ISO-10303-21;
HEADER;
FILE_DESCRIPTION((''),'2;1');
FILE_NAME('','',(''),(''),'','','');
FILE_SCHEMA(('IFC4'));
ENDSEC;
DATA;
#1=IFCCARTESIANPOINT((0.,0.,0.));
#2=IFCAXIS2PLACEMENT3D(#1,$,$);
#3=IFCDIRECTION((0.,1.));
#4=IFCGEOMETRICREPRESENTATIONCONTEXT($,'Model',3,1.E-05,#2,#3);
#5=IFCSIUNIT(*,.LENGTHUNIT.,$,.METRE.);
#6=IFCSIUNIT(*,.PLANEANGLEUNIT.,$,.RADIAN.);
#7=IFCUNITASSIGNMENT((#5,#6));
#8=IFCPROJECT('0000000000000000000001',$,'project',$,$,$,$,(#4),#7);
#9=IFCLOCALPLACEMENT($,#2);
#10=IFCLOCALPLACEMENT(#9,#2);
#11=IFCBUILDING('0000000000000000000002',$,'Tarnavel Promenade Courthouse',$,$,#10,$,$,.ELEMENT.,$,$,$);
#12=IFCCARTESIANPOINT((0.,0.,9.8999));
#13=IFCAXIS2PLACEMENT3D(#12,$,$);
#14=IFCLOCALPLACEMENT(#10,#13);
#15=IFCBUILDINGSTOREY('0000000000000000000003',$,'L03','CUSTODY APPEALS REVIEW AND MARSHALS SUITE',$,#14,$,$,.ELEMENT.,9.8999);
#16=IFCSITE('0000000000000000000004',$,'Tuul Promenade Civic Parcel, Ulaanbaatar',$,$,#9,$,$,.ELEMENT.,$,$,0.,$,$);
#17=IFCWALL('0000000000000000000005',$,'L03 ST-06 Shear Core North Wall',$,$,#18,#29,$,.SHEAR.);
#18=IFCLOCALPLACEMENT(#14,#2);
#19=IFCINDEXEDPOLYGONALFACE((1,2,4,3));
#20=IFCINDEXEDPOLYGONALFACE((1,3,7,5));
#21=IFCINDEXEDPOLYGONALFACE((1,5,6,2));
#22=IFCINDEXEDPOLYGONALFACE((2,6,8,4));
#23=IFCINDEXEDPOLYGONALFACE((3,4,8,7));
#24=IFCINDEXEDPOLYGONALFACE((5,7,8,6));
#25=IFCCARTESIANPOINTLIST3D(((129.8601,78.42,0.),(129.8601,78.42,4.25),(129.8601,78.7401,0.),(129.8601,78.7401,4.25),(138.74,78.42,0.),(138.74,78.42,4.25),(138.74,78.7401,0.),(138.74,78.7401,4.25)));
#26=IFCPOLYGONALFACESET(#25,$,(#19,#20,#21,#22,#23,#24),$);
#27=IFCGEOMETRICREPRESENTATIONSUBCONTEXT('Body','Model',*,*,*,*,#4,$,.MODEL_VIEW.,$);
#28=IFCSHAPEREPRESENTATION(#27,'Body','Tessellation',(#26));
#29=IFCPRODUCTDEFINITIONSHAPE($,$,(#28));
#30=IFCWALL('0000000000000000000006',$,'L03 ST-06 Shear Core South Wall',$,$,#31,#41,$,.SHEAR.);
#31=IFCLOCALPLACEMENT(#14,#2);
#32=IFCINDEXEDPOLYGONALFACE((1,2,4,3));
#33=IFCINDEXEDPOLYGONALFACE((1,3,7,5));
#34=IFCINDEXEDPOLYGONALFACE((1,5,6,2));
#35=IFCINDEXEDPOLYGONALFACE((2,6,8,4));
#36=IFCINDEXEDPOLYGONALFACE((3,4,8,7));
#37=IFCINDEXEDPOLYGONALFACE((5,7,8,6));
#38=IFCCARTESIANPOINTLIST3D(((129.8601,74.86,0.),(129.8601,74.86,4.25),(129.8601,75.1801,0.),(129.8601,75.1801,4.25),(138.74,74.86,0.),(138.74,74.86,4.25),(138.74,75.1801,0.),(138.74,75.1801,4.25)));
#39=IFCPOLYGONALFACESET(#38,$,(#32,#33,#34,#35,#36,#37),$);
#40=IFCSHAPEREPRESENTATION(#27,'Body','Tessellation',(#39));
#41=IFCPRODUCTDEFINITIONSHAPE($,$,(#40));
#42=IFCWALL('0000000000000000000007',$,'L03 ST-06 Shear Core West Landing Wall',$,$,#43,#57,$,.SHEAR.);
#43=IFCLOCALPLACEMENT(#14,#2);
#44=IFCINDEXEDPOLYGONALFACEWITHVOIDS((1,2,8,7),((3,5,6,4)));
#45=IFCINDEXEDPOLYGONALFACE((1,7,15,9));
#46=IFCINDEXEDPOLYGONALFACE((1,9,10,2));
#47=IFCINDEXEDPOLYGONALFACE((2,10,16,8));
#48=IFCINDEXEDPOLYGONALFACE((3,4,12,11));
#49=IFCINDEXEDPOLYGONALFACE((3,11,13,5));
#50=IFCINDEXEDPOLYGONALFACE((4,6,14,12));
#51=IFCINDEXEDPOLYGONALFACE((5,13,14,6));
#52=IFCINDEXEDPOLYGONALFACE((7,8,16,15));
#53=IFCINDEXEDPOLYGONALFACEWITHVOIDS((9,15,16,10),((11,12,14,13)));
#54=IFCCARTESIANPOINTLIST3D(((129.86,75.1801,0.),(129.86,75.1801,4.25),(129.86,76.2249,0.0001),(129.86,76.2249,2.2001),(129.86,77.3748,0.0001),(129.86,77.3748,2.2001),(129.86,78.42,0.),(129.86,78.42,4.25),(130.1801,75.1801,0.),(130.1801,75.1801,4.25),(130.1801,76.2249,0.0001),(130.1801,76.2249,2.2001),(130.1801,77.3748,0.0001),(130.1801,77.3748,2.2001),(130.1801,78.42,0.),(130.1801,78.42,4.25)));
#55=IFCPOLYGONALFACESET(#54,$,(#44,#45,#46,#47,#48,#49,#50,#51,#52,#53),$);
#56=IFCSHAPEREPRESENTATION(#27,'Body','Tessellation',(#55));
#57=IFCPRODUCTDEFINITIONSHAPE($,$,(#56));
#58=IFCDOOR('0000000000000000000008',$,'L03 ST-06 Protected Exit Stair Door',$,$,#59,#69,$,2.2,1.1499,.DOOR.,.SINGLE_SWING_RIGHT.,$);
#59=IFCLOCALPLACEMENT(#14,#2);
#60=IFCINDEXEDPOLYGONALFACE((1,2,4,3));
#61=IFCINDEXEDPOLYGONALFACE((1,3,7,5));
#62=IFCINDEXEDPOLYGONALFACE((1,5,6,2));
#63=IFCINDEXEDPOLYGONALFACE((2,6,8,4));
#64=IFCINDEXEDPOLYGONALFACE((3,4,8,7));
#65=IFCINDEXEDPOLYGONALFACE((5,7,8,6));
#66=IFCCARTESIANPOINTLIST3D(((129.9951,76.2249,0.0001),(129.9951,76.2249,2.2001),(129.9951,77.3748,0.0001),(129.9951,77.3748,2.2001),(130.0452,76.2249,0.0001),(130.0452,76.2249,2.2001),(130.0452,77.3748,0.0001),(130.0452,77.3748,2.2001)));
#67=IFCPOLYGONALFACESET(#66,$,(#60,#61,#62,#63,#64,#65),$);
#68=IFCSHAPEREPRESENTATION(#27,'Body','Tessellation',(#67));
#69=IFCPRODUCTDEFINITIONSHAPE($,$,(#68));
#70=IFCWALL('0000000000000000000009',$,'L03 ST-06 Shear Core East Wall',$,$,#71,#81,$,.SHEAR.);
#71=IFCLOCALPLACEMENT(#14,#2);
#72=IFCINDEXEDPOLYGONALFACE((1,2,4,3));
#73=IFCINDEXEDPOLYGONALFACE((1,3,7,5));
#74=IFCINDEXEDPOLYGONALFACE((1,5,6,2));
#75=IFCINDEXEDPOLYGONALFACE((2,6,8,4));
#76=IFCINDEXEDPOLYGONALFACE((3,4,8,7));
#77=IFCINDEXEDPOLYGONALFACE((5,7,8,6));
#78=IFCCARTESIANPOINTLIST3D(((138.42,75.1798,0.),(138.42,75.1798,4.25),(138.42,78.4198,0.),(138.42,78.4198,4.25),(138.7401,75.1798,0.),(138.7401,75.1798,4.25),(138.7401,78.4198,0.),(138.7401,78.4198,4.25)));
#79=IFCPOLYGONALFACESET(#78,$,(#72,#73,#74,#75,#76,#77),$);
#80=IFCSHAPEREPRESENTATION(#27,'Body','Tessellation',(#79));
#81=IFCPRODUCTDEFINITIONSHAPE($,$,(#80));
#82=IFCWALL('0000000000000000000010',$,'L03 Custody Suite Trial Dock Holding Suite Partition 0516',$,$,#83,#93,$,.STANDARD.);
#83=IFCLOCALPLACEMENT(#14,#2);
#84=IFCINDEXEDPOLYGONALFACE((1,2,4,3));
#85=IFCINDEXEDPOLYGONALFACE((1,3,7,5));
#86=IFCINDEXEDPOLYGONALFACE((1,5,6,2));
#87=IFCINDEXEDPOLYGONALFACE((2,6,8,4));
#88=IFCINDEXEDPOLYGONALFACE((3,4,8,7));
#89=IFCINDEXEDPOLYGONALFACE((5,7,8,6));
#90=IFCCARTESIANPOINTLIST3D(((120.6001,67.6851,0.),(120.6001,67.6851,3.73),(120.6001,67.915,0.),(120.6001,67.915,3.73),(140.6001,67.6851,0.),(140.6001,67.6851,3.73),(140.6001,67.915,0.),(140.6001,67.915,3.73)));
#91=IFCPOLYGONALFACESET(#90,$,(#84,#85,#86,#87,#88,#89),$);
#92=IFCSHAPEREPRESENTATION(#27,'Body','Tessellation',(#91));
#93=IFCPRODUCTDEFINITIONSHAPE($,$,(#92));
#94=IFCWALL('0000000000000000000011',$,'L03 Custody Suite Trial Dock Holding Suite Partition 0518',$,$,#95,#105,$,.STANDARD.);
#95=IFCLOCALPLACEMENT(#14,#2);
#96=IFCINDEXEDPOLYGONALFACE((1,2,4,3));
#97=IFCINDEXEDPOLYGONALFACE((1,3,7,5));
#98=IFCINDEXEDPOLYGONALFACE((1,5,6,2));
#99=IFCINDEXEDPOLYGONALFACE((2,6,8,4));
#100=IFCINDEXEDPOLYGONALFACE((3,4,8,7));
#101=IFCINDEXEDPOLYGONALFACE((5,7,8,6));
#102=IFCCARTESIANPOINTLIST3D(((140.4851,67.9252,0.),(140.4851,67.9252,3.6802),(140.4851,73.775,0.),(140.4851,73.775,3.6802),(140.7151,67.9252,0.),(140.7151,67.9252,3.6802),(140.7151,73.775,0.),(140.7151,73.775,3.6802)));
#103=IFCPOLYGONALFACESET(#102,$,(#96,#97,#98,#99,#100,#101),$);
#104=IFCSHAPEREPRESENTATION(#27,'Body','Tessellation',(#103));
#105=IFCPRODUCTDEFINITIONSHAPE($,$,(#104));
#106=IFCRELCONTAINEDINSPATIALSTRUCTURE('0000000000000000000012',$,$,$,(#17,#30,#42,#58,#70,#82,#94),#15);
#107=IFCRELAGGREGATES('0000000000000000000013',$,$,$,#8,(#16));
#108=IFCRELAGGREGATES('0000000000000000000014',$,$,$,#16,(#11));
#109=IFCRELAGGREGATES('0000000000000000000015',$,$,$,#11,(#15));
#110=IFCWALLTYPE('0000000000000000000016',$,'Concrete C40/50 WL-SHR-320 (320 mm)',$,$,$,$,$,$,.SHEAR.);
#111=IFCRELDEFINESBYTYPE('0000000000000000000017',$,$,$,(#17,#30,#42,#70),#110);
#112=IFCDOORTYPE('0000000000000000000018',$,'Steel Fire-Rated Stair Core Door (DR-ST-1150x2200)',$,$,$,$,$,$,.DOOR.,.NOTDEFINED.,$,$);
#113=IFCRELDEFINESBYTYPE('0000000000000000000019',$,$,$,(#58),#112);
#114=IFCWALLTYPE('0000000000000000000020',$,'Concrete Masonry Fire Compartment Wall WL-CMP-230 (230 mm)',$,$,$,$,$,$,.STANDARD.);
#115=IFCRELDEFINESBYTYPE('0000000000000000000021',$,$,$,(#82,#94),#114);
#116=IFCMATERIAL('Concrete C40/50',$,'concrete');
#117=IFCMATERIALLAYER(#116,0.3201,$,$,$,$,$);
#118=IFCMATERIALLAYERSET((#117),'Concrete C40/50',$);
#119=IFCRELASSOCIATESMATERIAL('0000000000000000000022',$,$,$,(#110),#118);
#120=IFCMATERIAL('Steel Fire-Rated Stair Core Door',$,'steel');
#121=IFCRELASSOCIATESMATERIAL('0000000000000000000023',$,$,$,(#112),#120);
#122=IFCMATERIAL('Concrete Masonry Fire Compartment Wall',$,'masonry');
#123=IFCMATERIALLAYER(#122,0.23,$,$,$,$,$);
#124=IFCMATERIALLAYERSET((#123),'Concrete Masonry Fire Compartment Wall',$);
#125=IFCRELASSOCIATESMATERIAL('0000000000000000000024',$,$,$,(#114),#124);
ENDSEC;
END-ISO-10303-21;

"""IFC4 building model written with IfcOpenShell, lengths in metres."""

from ifc_helpers import new_model, si_unit, direction, frame, frame_2d, origin, place, context, subcontext, project, spatial, rectangle, extrude, material, layer, layer_set, type_object, element, fill, save


model = new_model("IFC4")

# Units and contexts
model_context = context("Model", 3, precision=1e-05, world=origin(), true_north=direction((0.0, 1.0)))
body_context = subcontext(model_context, "Body", "Model", "MODEL_VIEW")
ifc_project = project(units=[si_unit("LENGTHUNIT", "METRE"), si_unit("PLANEANGLEUNIT", "RADIAN")], contexts=[model_context])

# Site, building, storey
site_placement = place(None, origin())
site = spatial("IfcSite", under=ifc_project, at=site_placement, Name="Tuul Promenade Civic Parcel, Ulaanbaatar", CompositionType="ELEMENT", RefElevation=0.0)
building_placement = place(site_placement, origin())
building = spatial("IfcBuilding", under=site, at=building_placement, Name="Tarnavel Promenade Courthouse", CompositionType="ELEMENT")
storey_placement = place(building_placement, frame((0.0, 0.0, 9.8999)))
storey = spatial("IfcBuildingStorey", under=building, at=storey_placement, Name="L03", Description="CUSTODY APPEALS REVIEW AND MARSHALS SUITE", CompositionType="ELEMENT", Elevation=9.8999)

# Shared definitions
ifc_material_1 = material(Name="Concrete C40/50", Category="concrete")

# Walls
ifc_layer_1 = layer(ifc_material_1, 0.3201)
ifc_layer_set_1 = layer_set([ifc_layer_1], Name="Concrete C40/50")
wall_type_1 = type_object("IfcWallType", Name="Concrete C40/50 WL-SHR-320 (320 mm)", PredefinedType="SHEAR", material=ifc_layer_set_1)
for number, where, z_axis, x_axis, name in (
    (1, (129.8601, 78.5801, 0.0), (0.0, 0.0, 1.0), (1.0, 0.0, 0.0), "L03 ST-06 Shear Core North Wall"),
    (2, (138.74, 75.02, 0.0), (0.0, 0.0, 1.0), (-1.0, 0.0, 0.0), "L03 ST-06 Shear Core South Wall"),
):
    element("IfcWall", number, at=place(storey_placement, frame(where, z_axis=z_axis, x_axis=x_axis)), inside=storey, type_object=wall_type_1, Name=name, PredefinedType="SHEAR", context=body_context, shape_type="SweptSolid", body=[
        extrude(rectangle(XDim=8.8799, YDim=0.3201, at=frame_2d((4.4399, 0.0))), origin(), (0.0, 0.0, 1.0), 4.25),
    ])

# Wall, opening, door
wall_1_placement = place(storey_placement, frame((130.02, 75.1799, 0.0), z_axis=(0.0, 0.0, 1.0), x_axis=(0.0, 1.0, 0.0)))
wall_1 = element("IfcWall", 3, at=wall_1_placement, inside=storey, type_object=wall_type_1, Name="L03 ST-06 Shear Core West Landing Wall", PredefinedType="SHEAR", context=body_context, shape_type="SweptSolid", body=[
    extrude(rectangle(XDim=3.24, YDim=0.3201, at=frame_2d((1.6201, 0.0))), origin(), (0.0, 0.0, 1.0), 4.25),
])
opening_placement = place(wall_1_placement, frame((1.0449, 0.0, 0.0)))
opening = element("IfcOpeningElement", 4, at=opening_placement, cuts=wall_1, PredefinedType="OPENING", context=body_context, shape_type="SweptSolid", body=[
    extrude(rectangle(XDim=1.1499, YDim=2.2, at=frame_2d((0.575, 1.1001))), frame((0.0, 0.1699, 0.0), z_axis=(0.0, -1.0, 0.0), x_axis=(1.0, 0.0, 0.0)), (0.0, 0.0, 1.0), 0.3401),
])
ifc_material_2 = material(Name="Steel Fire-Rated Stair Core Door", Category="steel")
door_type = type_object("IfcDoorType", Name="Steel Fire-Rated Stair Core Door (DR-ST-1150x2200)", OperationType="NOTDEFINED", PredefinedType="DOOR", material=ifc_material_2)
door_placement = place(opening_placement, origin())
door = element("IfcDoor", 5, at=door_placement, inside=storey, type_object=door_type, Name="L03 ST-06 Protected Exit Stair Door", OperationType="SINGLE_SWING_RIGHT", OverallHeight=2.2, OverallWidth=1.1499, PredefinedType="DOOR", context=body_context, shape_type="SweptSolid", body=[
    extrude(rectangle(XDim=1.1499, YDim=2.2, at=frame_2d((0.575, 1.1001))), frame((0.0, 0.0249, 0.0), z_axis=(0.0, -1.0, 0.0), x_axis=(1.0, 0.0, 0.0)), (0.0, 0.0, 1.0), 0.05),
])
fill(opening, door)

# Walls
wall_2_placement = place(storey_placement, frame((138.5801, 78.4199, 0.0), z_axis=(0.0, 0.0, 1.0), x_axis=(0.0, -1.0, 0.0)))
element("IfcWall", 6, at=wall_2_placement, inside=storey, type_object=wall_type_1, Name="L03 ST-06 Shear Core East Wall", PredefinedType="SHEAR", context=body_context, shape_type="SweptSolid", body=[
    extrude(rectangle(XDim=3.24, YDim=0.3201, at=frame_2d((1.6201, 0.0))), origin(), (0.0, 0.0, 1.0), 4.25),
])
ifc_material_3 = material(Name="Concrete Masonry Fire Compartment Wall", Category="masonry")
ifc_layer_2 = layer(ifc_material_3, 0.23)
ifc_layer_set_2 = layer_set([ifc_layer_2], Name="Concrete Masonry Fire Compartment Wall")
wall_type_2 = type_object("IfcWallType", Name="Concrete Masonry Fire Compartment Wall WL-CMP-230 (230 mm)", PredefinedType="STANDARD", material=ifc_layer_set_2)
wall_3_placement = place(storey_placement, frame((140.6001, 67.8, 0.0), z_axis=(0.0, 0.0, 1.0), x_axis=(-1.0, 0.0, 0.0)))
element("IfcWall", 7, at=wall_3_placement, inside=storey, type_object=wall_type_2, Name="L03 Custody Suite Trial Dock Holding Suite Partition 0516", PredefinedType="STANDARD", context=body_context, shape_type="SweptSolid", body=[
    extrude(rectangle(XDim=20.0, YDim=0.23, at=frame_2d((10.0, 0.0))), origin(), (0.0, 0.0, 1.0), 3.73),
])
wall_4_placement = place(storey_placement, frame((140.6001, 73.7749, 0.0), z_axis=(0.0, 0.0, 1.0), x_axis=(0.0, -1.0, 0.0)))
element("IfcWall", 8, at=wall_4_placement, inside=storey, type_object=wall_type_2, Name="L03 Custody Suite Trial Dock Holding Suite Partition 0518", PredefinedType="STANDARD", context=body_context, shape_type="SweptSolid", body=[
    extrude(rectangle(XDim=5.8499, YDim=0.23, at=frame_2d((2.9248, 0.0))), origin(), (0.0, 0.0, 1.0), 3.6802),
])

save(model, "model.ifc")
